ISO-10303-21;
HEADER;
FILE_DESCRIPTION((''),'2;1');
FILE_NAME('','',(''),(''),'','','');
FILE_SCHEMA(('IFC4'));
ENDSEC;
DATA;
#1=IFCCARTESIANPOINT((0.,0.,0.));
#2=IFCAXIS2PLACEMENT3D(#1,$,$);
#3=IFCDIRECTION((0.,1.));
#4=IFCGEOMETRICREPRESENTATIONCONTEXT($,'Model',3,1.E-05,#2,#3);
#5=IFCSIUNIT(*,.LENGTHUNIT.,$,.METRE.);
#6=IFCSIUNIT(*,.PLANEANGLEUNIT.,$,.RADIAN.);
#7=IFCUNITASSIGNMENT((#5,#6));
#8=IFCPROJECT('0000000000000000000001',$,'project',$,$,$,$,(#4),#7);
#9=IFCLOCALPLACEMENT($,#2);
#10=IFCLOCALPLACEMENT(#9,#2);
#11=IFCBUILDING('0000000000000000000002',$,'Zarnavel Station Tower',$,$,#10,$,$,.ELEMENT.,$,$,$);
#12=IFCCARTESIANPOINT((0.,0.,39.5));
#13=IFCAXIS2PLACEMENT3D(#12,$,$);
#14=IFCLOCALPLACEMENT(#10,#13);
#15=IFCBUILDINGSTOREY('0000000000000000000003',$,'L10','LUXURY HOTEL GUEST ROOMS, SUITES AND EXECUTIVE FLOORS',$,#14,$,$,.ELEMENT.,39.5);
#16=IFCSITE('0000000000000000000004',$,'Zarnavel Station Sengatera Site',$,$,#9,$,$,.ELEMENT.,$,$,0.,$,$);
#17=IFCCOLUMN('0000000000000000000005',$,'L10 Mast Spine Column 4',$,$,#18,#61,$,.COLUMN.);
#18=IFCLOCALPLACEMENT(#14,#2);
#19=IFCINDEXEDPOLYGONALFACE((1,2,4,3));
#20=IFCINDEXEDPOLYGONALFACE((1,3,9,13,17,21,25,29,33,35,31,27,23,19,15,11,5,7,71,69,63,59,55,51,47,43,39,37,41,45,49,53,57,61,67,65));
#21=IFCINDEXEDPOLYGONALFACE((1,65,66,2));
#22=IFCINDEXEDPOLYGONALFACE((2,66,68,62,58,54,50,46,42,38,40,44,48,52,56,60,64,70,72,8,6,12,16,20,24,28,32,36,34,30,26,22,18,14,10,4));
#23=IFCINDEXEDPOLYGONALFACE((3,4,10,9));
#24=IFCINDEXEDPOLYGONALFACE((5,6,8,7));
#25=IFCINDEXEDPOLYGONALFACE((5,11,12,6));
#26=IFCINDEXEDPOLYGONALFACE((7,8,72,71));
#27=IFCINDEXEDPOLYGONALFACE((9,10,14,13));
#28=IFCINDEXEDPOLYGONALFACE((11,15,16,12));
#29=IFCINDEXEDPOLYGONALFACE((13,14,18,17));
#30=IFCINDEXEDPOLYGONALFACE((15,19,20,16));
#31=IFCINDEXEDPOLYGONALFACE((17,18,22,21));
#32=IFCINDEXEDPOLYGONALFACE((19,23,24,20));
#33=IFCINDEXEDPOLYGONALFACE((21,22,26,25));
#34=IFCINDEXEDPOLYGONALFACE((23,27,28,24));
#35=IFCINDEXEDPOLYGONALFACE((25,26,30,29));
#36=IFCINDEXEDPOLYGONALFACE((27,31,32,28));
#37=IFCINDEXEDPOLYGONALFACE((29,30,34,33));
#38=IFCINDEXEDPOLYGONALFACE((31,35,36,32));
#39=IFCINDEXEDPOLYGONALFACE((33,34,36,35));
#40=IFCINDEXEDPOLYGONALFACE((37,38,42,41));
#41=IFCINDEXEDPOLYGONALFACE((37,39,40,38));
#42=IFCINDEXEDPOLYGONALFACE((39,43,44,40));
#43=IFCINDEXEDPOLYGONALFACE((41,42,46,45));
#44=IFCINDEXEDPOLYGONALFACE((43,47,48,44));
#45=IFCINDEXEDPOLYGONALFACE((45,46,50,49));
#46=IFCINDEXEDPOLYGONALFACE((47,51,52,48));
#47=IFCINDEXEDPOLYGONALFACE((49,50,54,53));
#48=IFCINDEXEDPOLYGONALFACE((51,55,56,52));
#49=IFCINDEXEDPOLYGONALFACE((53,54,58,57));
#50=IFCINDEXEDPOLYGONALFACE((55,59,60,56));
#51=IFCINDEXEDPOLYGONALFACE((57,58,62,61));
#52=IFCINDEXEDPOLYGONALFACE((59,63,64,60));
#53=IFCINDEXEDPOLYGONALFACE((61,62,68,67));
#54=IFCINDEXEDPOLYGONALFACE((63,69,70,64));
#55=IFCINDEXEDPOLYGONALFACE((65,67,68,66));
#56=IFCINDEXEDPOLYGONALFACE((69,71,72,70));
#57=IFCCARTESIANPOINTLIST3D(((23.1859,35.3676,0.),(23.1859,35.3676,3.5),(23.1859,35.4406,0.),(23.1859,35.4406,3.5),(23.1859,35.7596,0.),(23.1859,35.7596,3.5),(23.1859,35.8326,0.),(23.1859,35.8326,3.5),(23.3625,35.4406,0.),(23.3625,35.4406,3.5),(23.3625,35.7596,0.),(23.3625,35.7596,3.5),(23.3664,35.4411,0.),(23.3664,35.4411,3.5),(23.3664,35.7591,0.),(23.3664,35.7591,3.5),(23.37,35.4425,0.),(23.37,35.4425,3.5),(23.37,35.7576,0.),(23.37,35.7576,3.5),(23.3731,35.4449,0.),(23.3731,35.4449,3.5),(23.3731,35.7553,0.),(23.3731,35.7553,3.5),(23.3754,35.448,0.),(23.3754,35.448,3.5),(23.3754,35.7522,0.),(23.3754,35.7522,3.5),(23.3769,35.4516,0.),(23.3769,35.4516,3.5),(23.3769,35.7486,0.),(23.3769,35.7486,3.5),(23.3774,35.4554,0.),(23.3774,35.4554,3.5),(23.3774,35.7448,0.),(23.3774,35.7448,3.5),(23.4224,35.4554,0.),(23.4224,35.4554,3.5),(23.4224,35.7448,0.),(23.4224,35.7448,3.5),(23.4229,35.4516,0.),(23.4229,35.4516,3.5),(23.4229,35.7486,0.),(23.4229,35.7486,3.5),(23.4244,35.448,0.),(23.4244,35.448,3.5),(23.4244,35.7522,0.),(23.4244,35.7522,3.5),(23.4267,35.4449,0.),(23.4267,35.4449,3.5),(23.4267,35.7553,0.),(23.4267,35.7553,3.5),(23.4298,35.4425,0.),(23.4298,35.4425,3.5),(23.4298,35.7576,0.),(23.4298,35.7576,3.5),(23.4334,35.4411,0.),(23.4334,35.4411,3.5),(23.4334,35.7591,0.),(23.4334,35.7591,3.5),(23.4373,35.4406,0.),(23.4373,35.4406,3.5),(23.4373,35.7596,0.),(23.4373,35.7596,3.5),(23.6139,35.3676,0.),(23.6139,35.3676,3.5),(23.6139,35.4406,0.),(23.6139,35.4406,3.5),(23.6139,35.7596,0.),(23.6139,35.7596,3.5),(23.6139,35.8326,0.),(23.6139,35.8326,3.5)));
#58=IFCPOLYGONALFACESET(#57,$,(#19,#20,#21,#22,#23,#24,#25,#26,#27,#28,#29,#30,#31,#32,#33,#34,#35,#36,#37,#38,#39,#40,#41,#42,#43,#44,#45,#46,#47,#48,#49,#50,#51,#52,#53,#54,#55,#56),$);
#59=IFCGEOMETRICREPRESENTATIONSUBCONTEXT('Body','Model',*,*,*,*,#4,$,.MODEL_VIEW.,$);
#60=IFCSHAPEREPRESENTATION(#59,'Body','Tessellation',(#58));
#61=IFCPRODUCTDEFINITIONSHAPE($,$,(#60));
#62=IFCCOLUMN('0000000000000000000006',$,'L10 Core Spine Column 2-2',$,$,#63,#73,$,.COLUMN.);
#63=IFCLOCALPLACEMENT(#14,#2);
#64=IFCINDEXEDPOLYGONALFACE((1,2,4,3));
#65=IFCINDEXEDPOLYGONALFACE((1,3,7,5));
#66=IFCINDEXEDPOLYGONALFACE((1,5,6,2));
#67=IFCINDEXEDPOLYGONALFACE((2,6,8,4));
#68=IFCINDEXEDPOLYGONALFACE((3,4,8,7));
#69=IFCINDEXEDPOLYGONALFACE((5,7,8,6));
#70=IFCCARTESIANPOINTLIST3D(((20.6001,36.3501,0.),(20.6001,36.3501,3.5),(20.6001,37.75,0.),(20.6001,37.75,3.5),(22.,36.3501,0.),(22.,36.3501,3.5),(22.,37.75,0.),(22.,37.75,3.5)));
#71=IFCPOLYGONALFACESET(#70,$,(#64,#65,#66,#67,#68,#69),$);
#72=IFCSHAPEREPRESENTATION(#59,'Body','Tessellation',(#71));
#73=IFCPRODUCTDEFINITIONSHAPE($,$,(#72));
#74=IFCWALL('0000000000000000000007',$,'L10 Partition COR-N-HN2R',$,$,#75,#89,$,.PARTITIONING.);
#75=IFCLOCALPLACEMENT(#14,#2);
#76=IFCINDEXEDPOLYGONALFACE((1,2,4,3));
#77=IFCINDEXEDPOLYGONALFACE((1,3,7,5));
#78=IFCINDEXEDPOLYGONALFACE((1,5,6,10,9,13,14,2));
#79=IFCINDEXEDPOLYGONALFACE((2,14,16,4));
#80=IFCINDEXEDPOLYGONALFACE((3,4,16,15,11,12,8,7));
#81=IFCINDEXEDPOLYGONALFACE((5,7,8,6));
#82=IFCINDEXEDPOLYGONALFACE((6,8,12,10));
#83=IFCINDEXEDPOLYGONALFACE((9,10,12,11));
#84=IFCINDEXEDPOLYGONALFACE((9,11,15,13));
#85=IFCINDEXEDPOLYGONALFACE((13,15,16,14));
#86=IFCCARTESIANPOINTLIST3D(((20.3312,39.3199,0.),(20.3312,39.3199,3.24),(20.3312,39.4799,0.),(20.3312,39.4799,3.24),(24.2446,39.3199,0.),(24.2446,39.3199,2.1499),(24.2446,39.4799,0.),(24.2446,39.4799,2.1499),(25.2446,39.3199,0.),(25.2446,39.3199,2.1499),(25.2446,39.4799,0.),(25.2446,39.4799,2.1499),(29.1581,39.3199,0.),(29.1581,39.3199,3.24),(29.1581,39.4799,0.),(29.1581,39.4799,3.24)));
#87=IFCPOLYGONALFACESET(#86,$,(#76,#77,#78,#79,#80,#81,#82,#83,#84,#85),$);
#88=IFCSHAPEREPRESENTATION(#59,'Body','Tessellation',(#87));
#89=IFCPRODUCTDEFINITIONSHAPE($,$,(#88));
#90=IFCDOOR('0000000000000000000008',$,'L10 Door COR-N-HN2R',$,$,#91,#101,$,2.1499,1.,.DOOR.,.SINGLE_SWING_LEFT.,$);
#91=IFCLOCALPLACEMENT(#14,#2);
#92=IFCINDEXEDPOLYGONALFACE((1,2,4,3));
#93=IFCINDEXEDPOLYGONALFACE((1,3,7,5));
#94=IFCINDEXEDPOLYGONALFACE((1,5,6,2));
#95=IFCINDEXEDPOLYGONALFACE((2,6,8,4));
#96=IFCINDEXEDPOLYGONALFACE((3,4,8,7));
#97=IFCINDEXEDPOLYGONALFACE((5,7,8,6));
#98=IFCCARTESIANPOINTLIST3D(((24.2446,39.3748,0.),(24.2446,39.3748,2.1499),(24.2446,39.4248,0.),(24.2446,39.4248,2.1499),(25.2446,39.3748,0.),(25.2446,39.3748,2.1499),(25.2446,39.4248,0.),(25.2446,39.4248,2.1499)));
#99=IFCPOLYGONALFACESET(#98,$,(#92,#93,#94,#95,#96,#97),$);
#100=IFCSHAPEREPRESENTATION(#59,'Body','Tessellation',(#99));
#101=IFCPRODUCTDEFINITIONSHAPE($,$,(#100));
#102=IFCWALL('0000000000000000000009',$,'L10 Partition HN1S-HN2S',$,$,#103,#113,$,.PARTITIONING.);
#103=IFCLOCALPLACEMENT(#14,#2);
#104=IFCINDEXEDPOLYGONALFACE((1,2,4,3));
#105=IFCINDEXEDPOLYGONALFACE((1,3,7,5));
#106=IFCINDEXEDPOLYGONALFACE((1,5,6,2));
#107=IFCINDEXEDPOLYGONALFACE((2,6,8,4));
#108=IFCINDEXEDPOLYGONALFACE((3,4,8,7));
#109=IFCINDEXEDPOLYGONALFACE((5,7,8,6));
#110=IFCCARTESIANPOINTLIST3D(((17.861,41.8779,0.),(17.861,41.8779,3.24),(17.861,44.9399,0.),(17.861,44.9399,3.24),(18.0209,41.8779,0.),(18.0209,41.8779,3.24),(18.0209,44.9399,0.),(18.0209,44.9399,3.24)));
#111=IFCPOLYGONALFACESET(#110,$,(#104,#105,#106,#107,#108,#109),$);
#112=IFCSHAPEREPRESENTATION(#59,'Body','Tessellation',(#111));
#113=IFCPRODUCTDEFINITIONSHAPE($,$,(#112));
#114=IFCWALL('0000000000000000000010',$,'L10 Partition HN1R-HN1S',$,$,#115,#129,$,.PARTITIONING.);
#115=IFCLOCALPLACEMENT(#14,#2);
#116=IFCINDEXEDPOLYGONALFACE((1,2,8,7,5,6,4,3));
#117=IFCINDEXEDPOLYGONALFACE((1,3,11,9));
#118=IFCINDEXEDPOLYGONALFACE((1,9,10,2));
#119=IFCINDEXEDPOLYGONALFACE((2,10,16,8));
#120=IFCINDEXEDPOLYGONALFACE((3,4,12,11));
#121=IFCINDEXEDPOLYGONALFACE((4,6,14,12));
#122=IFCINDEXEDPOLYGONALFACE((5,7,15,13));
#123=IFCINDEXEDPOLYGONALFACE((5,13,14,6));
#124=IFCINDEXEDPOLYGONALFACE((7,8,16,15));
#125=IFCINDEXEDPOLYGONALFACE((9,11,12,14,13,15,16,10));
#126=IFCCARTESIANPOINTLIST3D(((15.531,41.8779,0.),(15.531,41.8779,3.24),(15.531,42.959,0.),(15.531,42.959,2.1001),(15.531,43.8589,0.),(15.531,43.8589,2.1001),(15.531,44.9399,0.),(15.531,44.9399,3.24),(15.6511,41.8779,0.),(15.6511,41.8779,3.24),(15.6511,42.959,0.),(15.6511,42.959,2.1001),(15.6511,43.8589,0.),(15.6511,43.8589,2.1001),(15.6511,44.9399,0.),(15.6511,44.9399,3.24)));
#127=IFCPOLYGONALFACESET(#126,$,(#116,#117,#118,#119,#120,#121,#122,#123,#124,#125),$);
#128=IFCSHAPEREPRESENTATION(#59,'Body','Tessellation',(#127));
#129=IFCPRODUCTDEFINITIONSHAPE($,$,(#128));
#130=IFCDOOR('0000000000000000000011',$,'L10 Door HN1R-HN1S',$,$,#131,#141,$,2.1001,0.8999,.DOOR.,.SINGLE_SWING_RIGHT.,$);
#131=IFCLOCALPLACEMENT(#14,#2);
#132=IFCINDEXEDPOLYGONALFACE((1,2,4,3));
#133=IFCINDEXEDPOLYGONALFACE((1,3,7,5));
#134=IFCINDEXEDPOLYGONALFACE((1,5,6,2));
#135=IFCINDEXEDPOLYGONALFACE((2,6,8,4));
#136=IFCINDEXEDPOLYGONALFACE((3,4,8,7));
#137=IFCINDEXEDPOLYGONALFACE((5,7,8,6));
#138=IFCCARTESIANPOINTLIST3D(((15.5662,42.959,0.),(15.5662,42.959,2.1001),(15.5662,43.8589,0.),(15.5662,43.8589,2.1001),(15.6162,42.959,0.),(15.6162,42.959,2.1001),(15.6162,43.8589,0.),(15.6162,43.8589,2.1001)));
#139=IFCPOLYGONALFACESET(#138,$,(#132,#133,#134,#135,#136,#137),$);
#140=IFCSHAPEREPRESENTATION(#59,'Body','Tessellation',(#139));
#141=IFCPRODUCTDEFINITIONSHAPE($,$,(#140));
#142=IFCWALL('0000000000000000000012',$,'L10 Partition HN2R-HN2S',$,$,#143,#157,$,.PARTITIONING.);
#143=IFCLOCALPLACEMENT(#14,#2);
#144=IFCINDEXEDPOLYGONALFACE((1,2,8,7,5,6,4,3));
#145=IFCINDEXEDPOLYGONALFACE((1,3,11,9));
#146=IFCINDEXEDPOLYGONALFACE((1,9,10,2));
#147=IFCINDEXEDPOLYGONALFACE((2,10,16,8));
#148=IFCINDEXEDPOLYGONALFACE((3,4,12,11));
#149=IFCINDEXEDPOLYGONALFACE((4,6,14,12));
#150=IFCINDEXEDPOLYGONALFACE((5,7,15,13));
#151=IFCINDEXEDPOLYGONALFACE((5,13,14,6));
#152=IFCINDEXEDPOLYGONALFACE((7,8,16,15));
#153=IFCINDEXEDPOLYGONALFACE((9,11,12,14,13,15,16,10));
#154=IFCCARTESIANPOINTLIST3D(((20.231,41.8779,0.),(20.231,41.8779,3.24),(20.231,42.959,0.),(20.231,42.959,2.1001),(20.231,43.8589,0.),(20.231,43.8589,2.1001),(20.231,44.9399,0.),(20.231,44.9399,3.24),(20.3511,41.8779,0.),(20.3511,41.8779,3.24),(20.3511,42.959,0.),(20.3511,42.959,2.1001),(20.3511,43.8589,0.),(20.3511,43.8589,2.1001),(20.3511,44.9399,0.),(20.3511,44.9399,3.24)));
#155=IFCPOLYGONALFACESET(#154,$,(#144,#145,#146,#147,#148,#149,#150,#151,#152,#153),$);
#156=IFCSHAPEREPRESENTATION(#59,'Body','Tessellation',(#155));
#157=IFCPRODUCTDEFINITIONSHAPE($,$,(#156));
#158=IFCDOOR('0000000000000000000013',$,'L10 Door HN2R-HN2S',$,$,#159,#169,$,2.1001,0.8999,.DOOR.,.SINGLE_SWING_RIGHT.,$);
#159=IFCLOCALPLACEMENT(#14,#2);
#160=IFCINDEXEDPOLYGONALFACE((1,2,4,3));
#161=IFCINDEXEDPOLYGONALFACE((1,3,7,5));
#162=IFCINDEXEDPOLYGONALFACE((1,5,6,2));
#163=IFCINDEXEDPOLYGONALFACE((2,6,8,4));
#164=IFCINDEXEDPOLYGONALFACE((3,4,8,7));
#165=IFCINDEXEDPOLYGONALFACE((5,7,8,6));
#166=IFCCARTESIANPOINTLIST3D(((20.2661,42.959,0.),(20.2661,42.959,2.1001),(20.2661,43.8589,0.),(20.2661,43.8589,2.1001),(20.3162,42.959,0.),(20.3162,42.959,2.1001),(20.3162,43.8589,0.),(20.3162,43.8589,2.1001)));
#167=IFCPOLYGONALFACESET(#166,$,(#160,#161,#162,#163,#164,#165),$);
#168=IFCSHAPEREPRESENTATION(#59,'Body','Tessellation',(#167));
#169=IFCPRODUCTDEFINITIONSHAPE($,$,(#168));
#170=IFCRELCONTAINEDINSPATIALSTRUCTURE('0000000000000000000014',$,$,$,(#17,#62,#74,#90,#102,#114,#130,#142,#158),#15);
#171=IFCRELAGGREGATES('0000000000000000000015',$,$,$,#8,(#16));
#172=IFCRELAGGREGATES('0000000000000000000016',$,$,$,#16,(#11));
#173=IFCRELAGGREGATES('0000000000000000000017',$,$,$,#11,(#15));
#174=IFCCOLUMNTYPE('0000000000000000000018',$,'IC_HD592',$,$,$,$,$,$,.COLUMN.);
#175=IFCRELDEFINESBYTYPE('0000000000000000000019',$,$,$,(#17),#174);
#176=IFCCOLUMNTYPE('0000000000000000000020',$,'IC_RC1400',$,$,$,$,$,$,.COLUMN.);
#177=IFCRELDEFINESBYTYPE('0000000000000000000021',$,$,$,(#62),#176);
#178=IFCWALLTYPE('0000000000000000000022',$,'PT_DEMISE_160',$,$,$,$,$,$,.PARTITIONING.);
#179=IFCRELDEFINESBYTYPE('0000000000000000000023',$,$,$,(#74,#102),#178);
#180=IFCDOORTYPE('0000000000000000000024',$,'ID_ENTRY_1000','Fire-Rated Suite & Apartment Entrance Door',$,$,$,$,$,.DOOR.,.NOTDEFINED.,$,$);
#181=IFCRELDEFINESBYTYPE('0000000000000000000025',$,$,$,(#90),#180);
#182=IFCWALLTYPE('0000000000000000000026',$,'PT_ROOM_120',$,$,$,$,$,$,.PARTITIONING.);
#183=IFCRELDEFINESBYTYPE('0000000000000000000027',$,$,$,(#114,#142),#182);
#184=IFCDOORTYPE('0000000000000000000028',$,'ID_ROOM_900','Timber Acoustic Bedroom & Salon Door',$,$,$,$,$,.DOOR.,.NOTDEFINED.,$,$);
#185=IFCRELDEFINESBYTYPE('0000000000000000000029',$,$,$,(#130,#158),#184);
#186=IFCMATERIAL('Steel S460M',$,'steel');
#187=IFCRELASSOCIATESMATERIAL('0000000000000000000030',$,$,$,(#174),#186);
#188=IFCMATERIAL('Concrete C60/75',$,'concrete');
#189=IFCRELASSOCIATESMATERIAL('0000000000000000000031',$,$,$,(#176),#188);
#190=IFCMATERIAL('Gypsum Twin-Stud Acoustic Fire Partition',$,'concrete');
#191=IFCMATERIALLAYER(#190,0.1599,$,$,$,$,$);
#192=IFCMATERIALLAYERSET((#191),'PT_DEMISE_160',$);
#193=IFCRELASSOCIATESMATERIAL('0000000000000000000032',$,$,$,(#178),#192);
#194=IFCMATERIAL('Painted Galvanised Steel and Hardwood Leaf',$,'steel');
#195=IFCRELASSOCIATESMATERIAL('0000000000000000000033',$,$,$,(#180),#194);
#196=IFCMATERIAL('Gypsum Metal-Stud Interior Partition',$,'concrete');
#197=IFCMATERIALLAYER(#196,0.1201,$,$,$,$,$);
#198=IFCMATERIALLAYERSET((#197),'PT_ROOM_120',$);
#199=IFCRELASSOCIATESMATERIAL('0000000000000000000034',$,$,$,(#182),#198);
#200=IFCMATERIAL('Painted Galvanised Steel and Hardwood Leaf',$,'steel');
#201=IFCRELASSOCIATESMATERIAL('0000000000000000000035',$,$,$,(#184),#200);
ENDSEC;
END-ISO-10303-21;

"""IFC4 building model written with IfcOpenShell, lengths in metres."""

from ifc_helpers import new_model, si_unit, direction, frame, frame_2d, origin, origin_2d, place, context, subcontext, project, spatial, rectangle, i_section, extrude, material, layer, layer_set, material_profile, profile_set, type_object, element, fill, save


model = new_model("IFC4")

# Units and contexts
model_context = context("Model", 3, precision=1e-05, world=origin(), true_north=direction((0.0, 1.0)))
body_context = subcontext(model_context, "Body", "Model", "MODEL_VIEW")
ifc_project = project(units=[si_unit("LENGTHUNIT", "METRE"), si_unit("PLANEANGLEUNIT", "RADIAN")], contexts=[model_context])

# Site, building, storey
site_placement = place(None, origin())
site = spatial("IfcSite", under=ifc_project, at=site_placement, Name="Zarnavel Station Sengatera Site", CompositionType="ELEMENT", RefElevation=0.0)
building_placement = place(site_placement, origin())
building = spatial("IfcBuilding", under=site, at=building_placement, Name="Zarnavel Station Tower", CompositionType="ELEMENT")
storey_placement = place(building_placement, frame((0.0, 0.0, 39.5)))
storey = spatial("IfcBuildingStorey", under=building, at=storey_placement, Name="L10", Description="LUXURY HOTEL GUEST ROOMS, SUITES AND EXECUTIVE FLOORS", CompositionType="ELEMENT", Elevation=39.5)

# Columns
ifc_material_1 = material(Name="Steel S460M", Category="steel")
ifc_material_profile_1 = material_profile(ifc_material_1, i_section(OverallWidth=0.428, OverallDepth=0.4651, WebThickness=0.0449, FlangeThickness=0.073, FilletRadius=0.0149, at=origin_2d()), Name="HD400x592")
ifc_profile_set_1 = profile_set([ifc_material_profile_1], Name="Steel S460M")
column_type_1 = type_object("IfcColumnType", Name="IC_HD592", PredefinedType="COLUMN", material=ifc_profile_set_1)
column_1_placement = place(storey_placement, frame((23.3999, 35.6001, 0.0), z_axis=(0.0, 0.0, 1.0), x_axis=(1.0, 0.0, 0.0)))
element("IfcColumn", 1, at=column_1_placement, inside=storey, type_object=column_type_1, Name="L10 Mast Spine Column 4", PredefinedType="COLUMN", context=body_context, shape_type="SweptSolid", body=[
    extrude(i_section(OverallWidth=0.428, OverallDepth=0.4651, WebThickness=0.0449, FlangeThickness=0.073, FilletRadius=0.0149, at=origin_2d()), origin(), (0.0, 0.0, 1.0), 3.5),
])
ifc_material_2 = material(Name="Concrete C60/75", Category="concrete")
ifc_material_profile_2 = material_profile(ifc_material_2, rectangle(XDim=1.3999, YDim=1.3999, at=origin_2d()), Name="RC1400x1400")
ifc_profile_set_2 = profile_set([ifc_material_profile_2], Name="Concrete C60/75")
column_type_2 = type_object("IfcColumnType", Name="IC_RC1400", PredefinedType="COLUMN", material=ifc_profile_set_2)
column_2_placement = place(storey_placement, frame((21.3, 37.05, 0.0), z_axis=(0.0, 0.0, 1.0), x_axis=(1.0, 0.0, 0.0)))
element("IfcColumn", 2, at=column_2_placement, inside=storey, type_object=column_type_2, Name="L10 Core Spine Column 2-2", PredefinedType="COLUMN", context=body_context, shape_type="SweptSolid", body=[
    extrude(rectangle(XDim=1.3999, YDim=1.3999, at=origin_2d()), origin(), (0.0, 0.0, 1.0), 3.5),
])

# Wall, opening, door
ifc_material_3 = material(Name="Gypsum Twin-Stud Acoustic Fire Partition", Category="concrete")
ifc_layer_1 = layer(ifc_material_3, 0.1599)
ifc_layer_set_1 = layer_set([ifc_layer_1], Name="PT_DEMISE_160")
wall_type_1 = type_object("IfcWallType", Name="PT_DEMISE_160", PredefinedType="PARTITIONING", material=ifc_layer_set_1)
wall_1_placement = place(storey_placement, frame((20.3311, 39.3999, 0.0), z_axis=(0.0, 0.0, 1.0), x_axis=(1.0, 0.0, 0.0)))
wall_1 = element("IfcWall", 3, at=wall_1_placement, inside=storey, type_object=wall_type_1, Name="L10 Partition COR-N-HN2R", PredefinedType="PARTITIONING", context=body_context, shape_type="SweptSolid", body=[
    extrude(rectangle(XDim=8.8269, YDim=0.1599, at=frame_2d((4.4136, 0.0))), origin(), (0.0, 0.0, 1.0), 3.24),
])
opening_1_placement = place(wall_1_placement, frame((3.9136, 0.0, 0.0)))
opening_1 = element("IfcOpeningElement", 4, at=opening_1_placement, cuts=wall_1, PredefinedType="OPENING", context=body_context, shape_type="SweptSolid", body=[
    extrude(rectangle(XDim=1.0, YDim=2.1499, at=frame_2d((0.5, 1.075))), frame((0.0, 0.0898, 0.0), z_axis=(0.0, -1.0, 0.0), x_axis=(1.0, 0.0, 0.0)), (0.0, 0.0, 1.0), 0.1799),
])
ifc_material_4 = material(Name="Painted Galvanised Steel and Hardwood Leaf", Category="steel")
door_type_1 = type_object("IfcDoorType", Name="ID_ENTRY_1000", Description="Fire-Rated Suite & Apartment Entrance Door", OperationType="NOTDEFINED", PredefinedType="DOOR", material=ifc_material_4)
door_1_placement = place(opening_1_placement, origin())
door_1 = element("IfcDoor", 5, at=door_1_placement, inside=storey, type_object=door_type_1, Name="L10 Door COR-N-HN2R", OperationType="SINGLE_SWING_LEFT", OverallHeight=2.1499, OverallWidth=1.0, PredefinedType="DOOR", context=body_context, shape_type="SweptSolid", body=[
    extrude(rectangle(XDim=1.0, YDim=2.1499, at=frame_2d((0.5, 1.075))), frame((0.0, 0.0249, 0.0), z_axis=(0.0, -1.0, 0.0), x_axis=(1.0, 0.0, 0.0)), (0.0, 0.0, 1.0), 0.05),
])
fill(opening_1, door_1)

# Wall
wall_2_placement = place(storey_placement, frame((17.9409, 41.8779, 0.0), z_axis=(0.0, 0.0, 1.0), x_axis=(0.0, 1.0, 0.0)))
element("IfcWall", 6, at=wall_2_placement, inside=storey, type_object=wall_type_1, Name="L10 Partition HN1S-HN2S", PredefinedType="PARTITIONING", context=body_context, shape_type="SweptSolid", body=[
    extrude(rectangle(XDim=3.062, YDim=0.1599, at=frame_2d((1.531, 0.0))), origin(), (0.0, 0.0, 1.0), 3.24),
])

# Walls, openings, doors
ifc_material_5 = material(Name="Gypsum Metal-Stud Interior Partition", Category="concrete")
ifc_layer_2 = layer(ifc_material_5, 0.1201)
ifc_layer_set_2 = layer_set([ifc_layer_2], Name="PT_ROOM_120")
wall_type_2 = type_object("IfcWallType", Name="PT_ROOM_120", PredefinedType="PARTITIONING", material=ifc_layer_set_2)
wall_3_placement = place(storey_placement, frame((15.5911, 41.8779, 0.0), z_axis=(0.0, 0.0, 1.0), x_axis=(0.0, 1.0, 0.0)))
wall_3 = element("IfcWall", 7, at=wall_3_placement, inside=storey, type_object=wall_type_2, Name="L10 Partition HN1R-HN1S", PredefinedType="PARTITIONING", context=body_context, shape_type="SweptSolid", body=[
    extrude(rectangle(XDim=3.062, YDim=0.1201, at=frame_2d((1.531, 0.0))), origin(), (0.0, 0.0, 1.0), 3.24),
])
opening_2_placement = place(wall_3_placement, frame((1.0811, 0.0, 0.0)))
opening_2 = element("IfcOpeningElement", 8, at=opening_2_placement, cuts=wall_3, PredefinedType="OPENING", context=body_context, shape_type="SweptSolid", body=[
    extrude(rectangle(XDim=0.8999, YDim=2.1001, at=frame_2d((0.45, 1.05))), frame((0.0, 0.0701, 0.0), z_axis=(0.0, -1.0, 0.0), x_axis=(1.0, 0.0, 0.0)), (0.0, 0.0, 1.0), 0.1401),
])
ifc_material_6 = material(Name="Painted Galvanised Steel and Hardwood Leaf", Category="steel")
door_type_2 = type_object("IfcDoorType", Name="ID_ROOM_900", Description="Timber Acoustic Bedroom & Salon Door", OperationType="NOTDEFINED", PredefinedType="DOOR", material=ifc_material_6)
door_2_placement = place(opening_2_placement, origin())
door_2 = element("IfcDoor", 9, at=door_2_placement, inside=storey, type_object=door_type_2, Name="L10 Door HN1R-HN1S", OperationType="SINGLE_SWING_RIGHT", OverallHeight=2.1001, OverallWidth=0.8999, PredefinedType="DOOR", context=body_context, shape_type="SweptSolid", body=[
    extrude(rectangle(XDim=0.8999, YDim=2.1001, at=frame_2d((0.45, 1.05))), frame((0.0, 0.0249, 0.0), z_axis=(0.0, -1.0, 0.0), x_axis=(1.0, 0.0, 0.0)), (0.0, 0.0, 1.0), 0.05),
])
fill(opening_2, door_2)
wall_4_placement = place(storey_placement, frame((20.291, 41.8779, 0.0), z_axis=(0.0, 0.0, 1.0), x_axis=(0.0, 1.0, 0.0)))
wall_4 = element("IfcWall", 10, at=wall_4_placement, inside=storey, type_object=wall_type_2, Name="L10 Partition HN2R-HN2S", PredefinedType="PARTITIONING", context=body_context, shape_type="SweptSolid", body=[
    extrude(rectangle(XDim=3.062, YDim=0.1201, at=frame_2d((1.531, 0.0))), origin(), (0.0, 0.0, 1.0), 3.24),
])
opening_3_placement = place(wall_4_placement, frame((1.0811, 0.0, 0.0)))
opening_3 = element("IfcOpeningElement", 11, at=opening_3_placement, cuts=wall_4, PredefinedType="OPENING", context=body_context, shape_type="SweptSolid", body=[
    extrude(rectangle(XDim=0.8999, YDim=2.1001, at=frame_2d((0.45, 1.05))), frame((0.0, 0.0701, 0.0), z_axis=(0.0, -1.0, 0.0), x_axis=(1.0, 0.0, 0.0)), (0.0, 0.0, 1.0), 0.1401),
])
door_3_placement = place(opening_3_placement, origin())
door_3 = element("IfcDoor", 12, at=door_3_placement, inside=storey, type_object=door_type_2, Name="L10 Door HN2R-HN2S", OperationType="SINGLE_SWING_RIGHT", OverallHeight=2.1001, OverallWidth=0.8999, PredefinedType="DOOR", context=body_context, shape_type="SweptSolid", body=[
    extrude(rectangle(XDim=0.8999, YDim=2.1001, at=frame_2d((0.45, 1.05))), frame((0.0, 0.0249, 0.0), z_axis=(0.0, -1.0, 0.0), x_axis=(1.0, 0.0, 0.0)), (0.0, 0.0, 1.0), 0.05),
])
fill(opening_3, door_3)

save(model, "model.ifc")
